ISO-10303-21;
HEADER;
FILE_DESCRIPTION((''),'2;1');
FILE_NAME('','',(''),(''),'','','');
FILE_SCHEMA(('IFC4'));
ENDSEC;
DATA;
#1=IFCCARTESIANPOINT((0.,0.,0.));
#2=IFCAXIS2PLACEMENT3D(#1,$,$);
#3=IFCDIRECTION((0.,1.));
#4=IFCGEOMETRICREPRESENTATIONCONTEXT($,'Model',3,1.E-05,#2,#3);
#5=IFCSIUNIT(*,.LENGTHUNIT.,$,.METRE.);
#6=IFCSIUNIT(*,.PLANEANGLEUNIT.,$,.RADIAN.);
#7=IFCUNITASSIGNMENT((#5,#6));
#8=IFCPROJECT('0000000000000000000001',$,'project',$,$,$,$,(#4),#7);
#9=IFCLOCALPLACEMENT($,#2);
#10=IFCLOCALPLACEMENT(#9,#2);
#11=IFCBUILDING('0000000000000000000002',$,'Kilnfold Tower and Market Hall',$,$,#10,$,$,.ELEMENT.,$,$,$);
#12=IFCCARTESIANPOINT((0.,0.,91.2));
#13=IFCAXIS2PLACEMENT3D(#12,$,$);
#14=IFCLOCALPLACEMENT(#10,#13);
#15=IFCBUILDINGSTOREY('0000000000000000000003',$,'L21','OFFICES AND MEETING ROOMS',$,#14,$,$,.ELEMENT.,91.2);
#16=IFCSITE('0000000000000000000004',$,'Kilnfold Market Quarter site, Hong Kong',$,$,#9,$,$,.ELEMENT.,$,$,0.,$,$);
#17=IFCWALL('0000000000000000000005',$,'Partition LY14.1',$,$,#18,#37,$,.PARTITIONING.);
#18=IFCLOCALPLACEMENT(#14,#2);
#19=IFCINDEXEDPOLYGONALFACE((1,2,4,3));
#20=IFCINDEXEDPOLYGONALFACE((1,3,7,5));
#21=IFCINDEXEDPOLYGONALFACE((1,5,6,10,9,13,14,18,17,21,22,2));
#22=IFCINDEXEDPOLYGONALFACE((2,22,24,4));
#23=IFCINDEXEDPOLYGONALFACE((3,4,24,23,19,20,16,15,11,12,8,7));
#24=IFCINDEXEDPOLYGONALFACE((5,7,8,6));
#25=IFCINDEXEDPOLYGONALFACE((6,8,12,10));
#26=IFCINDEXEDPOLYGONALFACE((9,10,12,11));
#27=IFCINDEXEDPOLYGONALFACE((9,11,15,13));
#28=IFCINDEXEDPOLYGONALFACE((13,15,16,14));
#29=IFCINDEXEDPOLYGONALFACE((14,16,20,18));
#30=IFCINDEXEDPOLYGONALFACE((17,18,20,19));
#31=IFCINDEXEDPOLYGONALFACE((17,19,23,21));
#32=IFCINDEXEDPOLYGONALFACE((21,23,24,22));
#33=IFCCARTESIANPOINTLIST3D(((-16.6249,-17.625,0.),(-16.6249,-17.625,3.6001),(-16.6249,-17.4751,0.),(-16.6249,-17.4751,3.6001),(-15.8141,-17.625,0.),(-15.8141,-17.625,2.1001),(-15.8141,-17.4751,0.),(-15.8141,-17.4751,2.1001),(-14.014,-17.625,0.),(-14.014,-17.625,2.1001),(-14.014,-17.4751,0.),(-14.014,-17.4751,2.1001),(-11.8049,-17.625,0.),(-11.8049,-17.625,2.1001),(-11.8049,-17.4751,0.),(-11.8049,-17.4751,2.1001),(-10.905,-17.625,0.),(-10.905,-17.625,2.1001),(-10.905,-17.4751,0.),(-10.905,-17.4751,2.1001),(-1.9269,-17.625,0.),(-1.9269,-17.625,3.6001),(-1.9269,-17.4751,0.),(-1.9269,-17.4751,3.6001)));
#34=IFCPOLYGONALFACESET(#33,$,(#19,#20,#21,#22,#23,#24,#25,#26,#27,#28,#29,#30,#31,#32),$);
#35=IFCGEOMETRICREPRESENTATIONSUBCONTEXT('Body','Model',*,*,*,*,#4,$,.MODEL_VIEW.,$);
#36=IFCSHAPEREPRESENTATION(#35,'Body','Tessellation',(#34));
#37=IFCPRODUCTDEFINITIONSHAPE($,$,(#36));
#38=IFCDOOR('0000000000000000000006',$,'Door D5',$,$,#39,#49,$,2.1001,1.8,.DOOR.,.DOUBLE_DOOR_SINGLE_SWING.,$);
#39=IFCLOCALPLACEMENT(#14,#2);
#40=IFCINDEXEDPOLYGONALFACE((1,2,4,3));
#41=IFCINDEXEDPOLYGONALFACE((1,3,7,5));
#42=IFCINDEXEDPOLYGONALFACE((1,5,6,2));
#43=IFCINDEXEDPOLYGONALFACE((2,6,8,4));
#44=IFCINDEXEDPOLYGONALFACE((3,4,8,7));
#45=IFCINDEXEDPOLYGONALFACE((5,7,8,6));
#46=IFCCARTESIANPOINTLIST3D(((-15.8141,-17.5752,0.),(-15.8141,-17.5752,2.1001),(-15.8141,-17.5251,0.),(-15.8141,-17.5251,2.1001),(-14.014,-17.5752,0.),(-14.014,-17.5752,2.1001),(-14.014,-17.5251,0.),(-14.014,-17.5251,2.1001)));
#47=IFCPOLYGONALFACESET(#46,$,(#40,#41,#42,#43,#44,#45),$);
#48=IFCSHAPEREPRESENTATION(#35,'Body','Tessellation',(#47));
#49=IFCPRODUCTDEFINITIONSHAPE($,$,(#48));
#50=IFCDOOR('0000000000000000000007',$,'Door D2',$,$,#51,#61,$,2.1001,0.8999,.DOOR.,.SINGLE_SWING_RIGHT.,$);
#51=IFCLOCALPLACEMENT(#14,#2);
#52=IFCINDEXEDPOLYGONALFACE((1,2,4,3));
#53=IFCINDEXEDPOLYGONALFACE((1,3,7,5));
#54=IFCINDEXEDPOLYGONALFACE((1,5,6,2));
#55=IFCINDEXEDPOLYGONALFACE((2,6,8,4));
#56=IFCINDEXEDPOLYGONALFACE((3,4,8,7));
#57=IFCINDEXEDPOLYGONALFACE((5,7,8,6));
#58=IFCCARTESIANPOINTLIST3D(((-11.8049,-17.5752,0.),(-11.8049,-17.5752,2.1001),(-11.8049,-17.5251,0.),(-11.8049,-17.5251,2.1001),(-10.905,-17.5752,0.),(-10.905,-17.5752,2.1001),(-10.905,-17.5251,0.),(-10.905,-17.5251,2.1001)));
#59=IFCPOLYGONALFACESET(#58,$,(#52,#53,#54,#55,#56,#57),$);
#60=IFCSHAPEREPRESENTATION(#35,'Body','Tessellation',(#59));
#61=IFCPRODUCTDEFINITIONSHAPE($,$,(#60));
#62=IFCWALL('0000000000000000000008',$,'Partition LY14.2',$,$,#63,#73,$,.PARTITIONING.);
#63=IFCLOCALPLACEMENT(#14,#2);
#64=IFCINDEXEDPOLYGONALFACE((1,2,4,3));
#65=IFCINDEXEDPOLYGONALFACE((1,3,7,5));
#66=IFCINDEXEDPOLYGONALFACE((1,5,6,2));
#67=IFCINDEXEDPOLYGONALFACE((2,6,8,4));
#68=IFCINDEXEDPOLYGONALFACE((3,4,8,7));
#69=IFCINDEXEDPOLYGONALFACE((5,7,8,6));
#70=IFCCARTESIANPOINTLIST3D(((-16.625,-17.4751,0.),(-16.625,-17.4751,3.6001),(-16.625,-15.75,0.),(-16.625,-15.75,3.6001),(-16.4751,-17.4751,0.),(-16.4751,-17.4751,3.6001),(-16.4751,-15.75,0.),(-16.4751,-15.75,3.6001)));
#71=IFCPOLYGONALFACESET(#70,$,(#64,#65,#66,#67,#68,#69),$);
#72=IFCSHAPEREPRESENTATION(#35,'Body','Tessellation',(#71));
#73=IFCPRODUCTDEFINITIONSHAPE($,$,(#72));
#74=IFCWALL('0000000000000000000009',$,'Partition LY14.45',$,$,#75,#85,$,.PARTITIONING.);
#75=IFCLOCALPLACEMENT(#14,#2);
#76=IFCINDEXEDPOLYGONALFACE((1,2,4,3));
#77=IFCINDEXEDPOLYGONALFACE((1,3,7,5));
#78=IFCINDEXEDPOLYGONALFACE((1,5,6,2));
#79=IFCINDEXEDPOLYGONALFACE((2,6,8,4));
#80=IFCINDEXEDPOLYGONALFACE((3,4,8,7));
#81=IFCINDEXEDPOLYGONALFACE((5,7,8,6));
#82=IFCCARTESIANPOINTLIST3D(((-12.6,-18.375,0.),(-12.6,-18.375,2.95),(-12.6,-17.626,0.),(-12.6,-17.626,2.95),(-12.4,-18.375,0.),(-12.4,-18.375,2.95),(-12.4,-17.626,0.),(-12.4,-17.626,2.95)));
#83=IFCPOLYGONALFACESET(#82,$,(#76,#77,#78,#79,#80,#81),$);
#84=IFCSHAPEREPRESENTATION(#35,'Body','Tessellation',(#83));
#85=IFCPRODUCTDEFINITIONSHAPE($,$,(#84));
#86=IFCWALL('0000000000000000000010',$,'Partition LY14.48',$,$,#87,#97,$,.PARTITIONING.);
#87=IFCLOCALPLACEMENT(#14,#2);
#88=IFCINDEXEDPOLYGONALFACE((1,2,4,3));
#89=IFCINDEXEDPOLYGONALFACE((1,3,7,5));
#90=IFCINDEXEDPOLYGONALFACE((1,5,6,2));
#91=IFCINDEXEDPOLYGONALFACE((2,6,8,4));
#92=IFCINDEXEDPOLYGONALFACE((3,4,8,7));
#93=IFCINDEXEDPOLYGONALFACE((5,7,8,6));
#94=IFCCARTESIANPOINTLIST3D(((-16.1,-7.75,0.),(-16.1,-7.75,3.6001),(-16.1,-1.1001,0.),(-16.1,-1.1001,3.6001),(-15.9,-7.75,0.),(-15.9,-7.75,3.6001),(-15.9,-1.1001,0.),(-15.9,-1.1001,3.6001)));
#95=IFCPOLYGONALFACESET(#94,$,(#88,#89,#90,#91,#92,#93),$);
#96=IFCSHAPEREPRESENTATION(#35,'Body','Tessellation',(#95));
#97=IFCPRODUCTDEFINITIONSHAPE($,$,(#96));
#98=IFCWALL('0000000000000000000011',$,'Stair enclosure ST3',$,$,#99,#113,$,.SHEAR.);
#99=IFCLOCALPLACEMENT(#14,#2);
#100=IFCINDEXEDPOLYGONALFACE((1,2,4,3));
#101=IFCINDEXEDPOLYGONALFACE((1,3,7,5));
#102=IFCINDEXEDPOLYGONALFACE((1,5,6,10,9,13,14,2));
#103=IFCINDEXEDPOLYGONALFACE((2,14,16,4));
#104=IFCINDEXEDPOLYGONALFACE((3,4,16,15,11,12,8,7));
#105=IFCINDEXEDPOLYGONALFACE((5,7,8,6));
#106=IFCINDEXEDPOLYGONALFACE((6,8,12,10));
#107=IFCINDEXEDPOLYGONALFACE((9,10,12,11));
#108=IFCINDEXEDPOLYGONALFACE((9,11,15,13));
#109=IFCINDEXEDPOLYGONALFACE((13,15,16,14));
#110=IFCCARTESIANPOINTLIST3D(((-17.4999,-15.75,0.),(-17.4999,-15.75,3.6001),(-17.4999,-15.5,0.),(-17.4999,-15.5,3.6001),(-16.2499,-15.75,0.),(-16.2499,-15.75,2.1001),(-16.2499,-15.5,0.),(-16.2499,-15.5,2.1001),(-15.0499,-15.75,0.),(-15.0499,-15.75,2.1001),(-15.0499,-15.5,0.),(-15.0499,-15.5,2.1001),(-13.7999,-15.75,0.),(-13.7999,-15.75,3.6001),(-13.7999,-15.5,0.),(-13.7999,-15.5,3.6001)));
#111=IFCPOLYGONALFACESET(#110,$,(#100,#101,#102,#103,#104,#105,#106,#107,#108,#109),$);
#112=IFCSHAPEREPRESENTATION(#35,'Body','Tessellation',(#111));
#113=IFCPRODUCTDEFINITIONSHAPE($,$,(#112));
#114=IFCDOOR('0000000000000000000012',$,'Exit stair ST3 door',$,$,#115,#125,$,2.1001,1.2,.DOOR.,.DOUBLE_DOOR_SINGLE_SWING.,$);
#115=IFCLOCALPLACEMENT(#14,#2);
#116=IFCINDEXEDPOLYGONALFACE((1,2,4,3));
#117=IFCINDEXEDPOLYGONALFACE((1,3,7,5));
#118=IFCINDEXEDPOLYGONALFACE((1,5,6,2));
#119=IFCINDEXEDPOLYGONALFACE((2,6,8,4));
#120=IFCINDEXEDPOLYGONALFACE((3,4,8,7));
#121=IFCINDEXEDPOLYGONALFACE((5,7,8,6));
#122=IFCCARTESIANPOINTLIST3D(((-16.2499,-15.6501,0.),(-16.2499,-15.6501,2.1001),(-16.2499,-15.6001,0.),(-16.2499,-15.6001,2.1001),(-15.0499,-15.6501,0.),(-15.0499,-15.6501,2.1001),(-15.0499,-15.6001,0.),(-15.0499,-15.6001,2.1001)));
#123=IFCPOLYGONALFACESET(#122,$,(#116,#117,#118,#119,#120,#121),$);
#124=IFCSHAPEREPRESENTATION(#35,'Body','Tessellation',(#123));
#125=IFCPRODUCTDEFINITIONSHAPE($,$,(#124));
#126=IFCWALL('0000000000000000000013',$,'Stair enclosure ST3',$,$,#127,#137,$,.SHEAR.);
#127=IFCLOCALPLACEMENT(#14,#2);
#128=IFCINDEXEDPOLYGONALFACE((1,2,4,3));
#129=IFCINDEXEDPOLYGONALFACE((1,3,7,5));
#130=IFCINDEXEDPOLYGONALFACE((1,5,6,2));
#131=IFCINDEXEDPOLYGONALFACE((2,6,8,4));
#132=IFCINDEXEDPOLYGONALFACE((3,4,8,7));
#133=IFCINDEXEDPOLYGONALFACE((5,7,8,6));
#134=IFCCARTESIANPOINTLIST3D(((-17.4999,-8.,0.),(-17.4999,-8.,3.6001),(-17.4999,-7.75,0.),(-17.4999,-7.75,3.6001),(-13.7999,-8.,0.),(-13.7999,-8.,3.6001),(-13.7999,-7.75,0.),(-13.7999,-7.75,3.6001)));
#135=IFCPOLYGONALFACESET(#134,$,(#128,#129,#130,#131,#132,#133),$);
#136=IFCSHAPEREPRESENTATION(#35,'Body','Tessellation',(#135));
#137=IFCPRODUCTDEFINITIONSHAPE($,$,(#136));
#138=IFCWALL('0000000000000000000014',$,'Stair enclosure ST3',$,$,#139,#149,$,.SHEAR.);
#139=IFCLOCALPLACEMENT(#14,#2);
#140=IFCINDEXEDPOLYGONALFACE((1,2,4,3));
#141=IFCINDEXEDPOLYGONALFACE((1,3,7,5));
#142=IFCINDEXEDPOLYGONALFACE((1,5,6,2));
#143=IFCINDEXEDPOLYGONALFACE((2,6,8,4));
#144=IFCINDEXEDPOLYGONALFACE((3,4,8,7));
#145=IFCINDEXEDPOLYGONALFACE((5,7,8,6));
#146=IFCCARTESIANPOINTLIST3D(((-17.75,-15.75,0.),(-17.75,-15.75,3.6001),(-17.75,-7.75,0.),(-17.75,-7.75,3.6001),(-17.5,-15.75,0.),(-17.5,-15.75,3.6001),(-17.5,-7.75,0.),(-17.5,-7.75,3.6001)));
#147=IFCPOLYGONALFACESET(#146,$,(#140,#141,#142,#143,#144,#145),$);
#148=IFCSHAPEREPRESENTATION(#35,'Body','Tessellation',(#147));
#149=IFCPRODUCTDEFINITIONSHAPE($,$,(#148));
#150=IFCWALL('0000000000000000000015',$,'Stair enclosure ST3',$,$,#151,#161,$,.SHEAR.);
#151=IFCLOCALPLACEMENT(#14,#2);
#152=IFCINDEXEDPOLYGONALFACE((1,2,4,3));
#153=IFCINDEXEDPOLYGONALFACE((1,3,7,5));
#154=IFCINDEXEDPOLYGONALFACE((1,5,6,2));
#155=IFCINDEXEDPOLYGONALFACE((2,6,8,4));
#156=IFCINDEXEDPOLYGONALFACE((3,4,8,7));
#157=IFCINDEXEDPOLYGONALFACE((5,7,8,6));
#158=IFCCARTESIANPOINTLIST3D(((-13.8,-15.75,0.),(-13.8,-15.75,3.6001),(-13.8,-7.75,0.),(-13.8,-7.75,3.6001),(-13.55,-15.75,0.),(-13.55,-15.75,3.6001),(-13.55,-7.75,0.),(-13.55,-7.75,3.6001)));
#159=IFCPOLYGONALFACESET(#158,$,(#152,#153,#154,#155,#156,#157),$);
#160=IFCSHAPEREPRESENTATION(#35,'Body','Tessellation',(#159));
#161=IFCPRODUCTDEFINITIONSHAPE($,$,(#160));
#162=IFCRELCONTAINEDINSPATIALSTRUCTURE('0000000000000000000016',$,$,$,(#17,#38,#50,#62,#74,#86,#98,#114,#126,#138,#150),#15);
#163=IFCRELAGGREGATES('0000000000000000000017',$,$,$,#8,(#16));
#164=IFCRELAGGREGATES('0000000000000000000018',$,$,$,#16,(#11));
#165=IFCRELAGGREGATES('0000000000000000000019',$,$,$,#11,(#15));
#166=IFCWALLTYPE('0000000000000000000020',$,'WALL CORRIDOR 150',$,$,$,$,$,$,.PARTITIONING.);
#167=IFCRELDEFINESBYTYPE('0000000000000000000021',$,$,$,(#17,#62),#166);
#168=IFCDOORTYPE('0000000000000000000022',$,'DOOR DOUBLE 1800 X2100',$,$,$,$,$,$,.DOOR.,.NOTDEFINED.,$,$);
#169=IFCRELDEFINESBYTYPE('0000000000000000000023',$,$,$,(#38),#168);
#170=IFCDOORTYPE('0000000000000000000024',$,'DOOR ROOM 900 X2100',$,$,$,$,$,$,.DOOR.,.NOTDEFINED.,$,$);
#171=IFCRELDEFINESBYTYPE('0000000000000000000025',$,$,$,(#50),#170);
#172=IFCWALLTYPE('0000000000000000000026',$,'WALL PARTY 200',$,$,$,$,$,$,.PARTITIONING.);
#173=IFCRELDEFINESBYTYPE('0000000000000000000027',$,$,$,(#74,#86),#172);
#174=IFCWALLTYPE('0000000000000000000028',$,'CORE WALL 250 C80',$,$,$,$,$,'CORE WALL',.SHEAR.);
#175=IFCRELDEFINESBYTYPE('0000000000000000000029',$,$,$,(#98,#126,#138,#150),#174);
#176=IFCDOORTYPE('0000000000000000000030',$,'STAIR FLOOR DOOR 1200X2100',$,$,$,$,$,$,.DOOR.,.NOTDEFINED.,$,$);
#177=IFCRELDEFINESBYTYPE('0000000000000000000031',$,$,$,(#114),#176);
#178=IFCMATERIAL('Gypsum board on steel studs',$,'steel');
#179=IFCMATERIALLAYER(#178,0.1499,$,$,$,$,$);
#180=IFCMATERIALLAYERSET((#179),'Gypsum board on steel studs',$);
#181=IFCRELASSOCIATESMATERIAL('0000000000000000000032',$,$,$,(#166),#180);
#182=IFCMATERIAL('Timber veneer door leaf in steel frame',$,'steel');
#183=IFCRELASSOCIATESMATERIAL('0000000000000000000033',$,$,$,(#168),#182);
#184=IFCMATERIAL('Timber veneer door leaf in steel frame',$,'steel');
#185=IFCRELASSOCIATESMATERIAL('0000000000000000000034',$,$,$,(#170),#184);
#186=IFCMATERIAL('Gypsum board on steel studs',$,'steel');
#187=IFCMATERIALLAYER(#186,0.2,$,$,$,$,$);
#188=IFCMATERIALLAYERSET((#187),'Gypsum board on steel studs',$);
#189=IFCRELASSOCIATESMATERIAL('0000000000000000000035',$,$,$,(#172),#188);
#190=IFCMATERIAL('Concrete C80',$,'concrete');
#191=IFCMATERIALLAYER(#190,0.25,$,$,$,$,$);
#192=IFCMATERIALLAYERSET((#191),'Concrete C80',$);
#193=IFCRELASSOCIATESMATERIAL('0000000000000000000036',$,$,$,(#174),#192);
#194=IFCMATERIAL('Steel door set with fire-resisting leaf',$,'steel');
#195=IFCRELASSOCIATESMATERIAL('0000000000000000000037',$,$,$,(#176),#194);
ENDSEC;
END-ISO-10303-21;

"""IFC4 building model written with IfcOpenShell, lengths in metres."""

from ifc_helpers import new_model, si_unit, direction, frame, frame_2d, origin, place, context, subcontext, project, spatial, rectangle, extrude, source, transform, mapped, material, layer, layer_set, type_object, element, fill, save


model = new_model("IFC4")

# Units and contexts
model_context = context("Model", 3, precision=1e-05, world=origin(), true_north=direction((0.0, 1.0)))
body_context = subcontext(model_context, "Body", "Model", "MODEL_VIEW")
ifc_project = project(units=[si_unit("LENGTHUNIT", "METRE"), si_unit("PLANEANGLEUNIT", "RADIAN")], contexts=[model_context])

# Site, building, storey
site_placement = place(None, origin())
site = spatial("IfcSite", under=ifc_project, at=site_placement, Name="Kilnfold Market Quarter site, Hong Kong", CompositionType="ELEMENT", RefElevation=0.0)
building_placement = place(site_placement, origin())
building = spatial("IfcBuilding", under=site, at=building_placement, Name="Kilnfold Tower and Market Hall", CompositionType="ELEMENT")
storey_placement = place(building_placement, frame((0.0, 0.0, 91.2)))
storey = spatial("IfcBuildingStorey", under=building, at=storey_placement, Name="L21", Description="OFFICES AND MEETING ROOMS", CompositionType="ELEMENT", Elevation=91.2)

# Wall, openings, doors
ifc_material_1 = material(Name="Gypsum board on steel studs", Category="steel")
ifc_layer_1 = layer(ifc_material_1, 0.1499)
ifc_layer_set_1 = layer_set([ifc_layer_1], Name="Gypsum board on steel studs")
wall_type_1 = type_object("IfcWallType", Name="WALL CORRIDOR 150", PredefinedType="PARTITIONING", material=ifc_layer_set_1)
wall_1_placement = place(storey_placement, frame((-16.625, -17.55, 0.0), z_axis=(0.0, 0.0, 1.0), x_axis=(1.0, 0.0, 0.0)))
wall_1 = element("IfcWall", 1, at=wall_1_placement, inside=storey, type_object=wall_type_1, Name="Partition LY14.1", PredefinedType="PARTITIONING", context=body_context, shape_type="SweptSolid", body=[
    extrude(rectangle(XDim=14.698, YDim=0.1499, at=frame_2d((7.3491, 0.0))), origin(), (0.0, 0.0, 1.0), 3.6001),
])
opening_1_placement = place(wall_1_placement, frame((0.811, 0.0, 0.0)))
opening_1 = element("IfcOpeningElement", 2, at=opening_1_placement, cuts=wall_1, PredefinedType="OPENING", context=body_context, shape_type="SweptSolid", body=[
    extrude(rectangle(XDim=1.8, YDim=2.1001, at=frame_2d((0.8999, 1.05))), frame((0.0, 0.085, 0.0), z_axis=(0.0, -1.0, 0.0), x_axis=(1.0, 0.0, 0.0)), (0.0, 0.0, 1.0), 0.1699),
])
opening_2_placement = place(wall_1_placement, frame((4.8201, 0.0, 0.0)))
opening_2 = element("IfcOpeningElement", 3, at=opening_2_placement, cuts=wall_1, PredefinedType="OPENING", context=body_context, shape_type="SweptSolid", body=[
    extrude(rectangle(XDim=0.8999, YDim=2.1001, at=frame_2d((0.45, 1.05))), frame((0.0, 0.085, 0.0), z_axis=(0.0, -1.0, 0.0), x_axis=(1.0, 0.0, 0.0)), (0.0, 0.0, 1.0), 0.1699),
])
ifc_material_2 = material(Name="Timber veneer door leaf in steel frame", Category="steel")
door_type_1 = type_object("IfcDoorType", Name="DOOR DOUBLE 1800 X2100", OperationType="NOTDEFINED", PredefinedType="DOOR", material=ifc_material_2)
door_1_placement = place(opening_1_placement, origin())
door_1 = element("IfcDoor", 4, at=door_1_placement, inside=storey, type_object=door_type_1, Name="Door D5", OperationType="DOUBLE_DOOR_SINGLE_SWING", OverallHeight=2.1001, OverallWidth=1.8, PredefinedType="DOOR", context=body_context, shape_type="SweptSolid", body=[
    extrude(rectangle(XDim=1.8, YDim=2.1001, at=frame_2d((0.8999, 1.05))), frame((0.0, 0.0249, 0.0), z_axis=(0.0, -1.0, 0.0), x_axis=(1.0, 0.0, 0.0)), (0.0, 0.0, 1.0), 0.05),
])
fill(opening_1, door_1)
ifc_material_3 = material(Name="Timber veneer door leaf in steel frame", Category="steel")
door_type_2 = type_object("IfcDoorType", Name="DOOR ROOM 900 X2100", OperationType="NOTDEFINED", PredefinedType="DOOR", material=ifc_material_3)
door_2_placement = place(opening_2_placement, origin())
door_2 = element("IfcDoor", 5, at=door_2_placement, inside=storey, type_object=door_type_2, Name="Door D2", OperationType="SINGLE_SWING_RIGHT", OverallHeight=2.1001, OverallWidth=0.8999, PredefinedType="DOOR", context=body_context, shape_type="SweptSolid", body=[
    extrude(rectangle(XDim=0.8999, YDim=2.1001, at=frame_2d((0.45, 1.05))), frame((0.0, 0.0249, 0.0), z_axis=(0.0, -1.0, 0.0), x_axis=(1.0, 0.0, 0.0)), (0.0, 0.0, 1.0), 0.05),
])
fill(opening_2, door_2)

# Walls
wall_2_placement = place(storey_placement, frame((-16.55, -15.75, 0.0), z_axis=(0.0, 0.0, 1.0), x_axis=(0.0, -1.0, 0.0)))
element("IfcWall", 6, at=wall_2_placement, inside=storey, type_object=wall_type_1, Name="Partition LY14.2", PredefinedType="PARTITIONING", context=body_context, shape_type="SweptSolid", body=[
    extrude(rectangle(XDim=1.7251, YDim=0.1499, at=frame_2d((0.8625, 0.0))), origin(), (0.0, 0.0, 1.0), 3.6001),
])
ifc_material_4 = material(Name="Gypsum board on steel studs", Category="steel")
ifc_layer_2 = layer(ifc_material_4, 0.2)
ifc_layer_set_2 = layer_set([ifc_layer_2], Name="Gypsum board on steel studs")
wall_type_2 = type_object("IfcWallType", Name="WALL PARTY 200", PredefinedType="PARTITIONING", material=ifc_layer_set_2)
wall_3_placement = place(storey_placement, frame((-12.5, -18.375, 0.0), z_axis=(0.0, 0.0, 1.0), x_axis=(0.0, 1.0, 0.0)))
element("IfcWall", 7, at=wall_3_placement, inside=storey, type_object=wall_type_2, Name="Partition LY14.45", PredefinedType="PARTITIONING", context=body_context, shape_type="SweptSolid", body=[
    extrude(rectangle(XDim=0.749, YDim=0.2, at=frame_2d((0.3745, 0.0))), origin(), (0.0, 0.0, 1.0), 2.95),
])
wall_4_placement = place(storey_placement, frame((-16.0, -7.75, 0.0), z_axis=(0.0, 0.0, 1.0), x_axis=(0.0, 1.0, 0.0)))
element("IfcWall", 8, at=wall_4_placement, inside=storey, type_object=wall_type_2, Name="Partition LY14.48", PredefinedType="PARTITIONING", context=body_context, shape_type="SweptSolid", body=[
    extrude(rectangle(XDim=6.6499, YDim=0.2, at=frame_2d((3.325, 0.0))), origin(), (0.0, 0.0, 1.0), 3.6001),
])

# Wall, opening, door
ifc_material_5 = material(Name="Concrete C80", Category="concrete")
ifc_layer_3 = layer(ifc_material_5, 0.25)
ifc_layer_set_3 = layer_set([ifc_layer_3], Name="Concrete C80")
wall_type_3 = type_object("IfcWallType", Name="CORE WALL 250 C80", ElementType="CORE WALL", PredefinedType="SHEAR", material=ifc_layer_set_3)
shared_shape_1 = source(origin(), body_context, "Body", "SweptSolid", [
    extrude(rectangle(XDim=3.7, YDim=0.25, at=frame_2d((1.8501, 0.0))), origin(), (0.0, 0.0, 1.0), 3.6001),
])
wall_5_placement = place(storey_placement, frame((-17.5, -15.625, 0.0), z_axis=(0.0, 0.0, 1.0), x_axis=(1.0, 0.0, 0.0)))
wall_5 = element("IfcWall", 9, at=wall_5_placement, inside=storey, type_object=wall_type_3, Name="Stair enclosure ST3", PredefinedType="SHEAR", context=body_context, shape_type="MappedRepresentation", body=[
    mapped(shared_shape_1, transform((0.0, 0.0, 0.0))),
])
opening_3_placement = place(wall_5_placement, frame((1.25, 0.0, 0.0)))
opening_3 = element("IfcOpeningElement", 10, at=opening_3_placement, cuts=wall_5, PredefinedType="OPENING", context=body_context, shape_type="SweptSolid", body=[
    extrude(rectangle(XDim=1.2, YDim=2.1001, at=frame_2d((0.6001, 1.05))), frame((0.0, 0.135, 0.0), z_axis=(0.0, -1.0, 0.0), x_axis=(1.0, 0.0, 0.0)), (0.0, 0.0, 1.0), 0.27),
])
ifc_material_6 = material(Name="Steel door set with fire-resisting leaf", Category="steel")
door_type_3 = type_object("IfcDoorType", Name="STAIR FLOOR DOOR 1200X2100", OperationType="NOTDEFINED", PredefinedType="DOOR", material=ifc_material_6)
door_3_placement = place(opening_3_placement, origin())
door_3 = element("IfcDoor", 11, at=door_3_placement, inside=storey, type_object=door_type_3, Name="Exit stair ST3 door", OperationType="DOUBLE_DOOR_SINGLE_SWING", OverallHeight=2.1001, OverallWidth=1.2, PredefinedType="DOOR", context=body_context, shape_type="SweptSolid", body=[
    extrude(rectangle(XDim=1.2, YDim=2.1001, at=frame_2d((0.6001, 1.05))), frame((0.0, 0.0249, 0.0), z_axis=(0.0, -1.0, 0.0), x_axis=(1.0, 0.0, 0.0)), (0.0, 0.0, 1.0), 0.05),
])
fill(opening_3, door_3)

# Walls
wall_6_placement = place(storey_placement, frame((-17.5, -7.875, 0.0), z_axis=(0.0, 0.0, 1.0), x_axis=(1.0, 0.0, 0.0)))
element("IfcWall", 12, at=wall_6_placement, inside=storey, type_object=wall_type_3, Name="Stair enclosure ST3", PredefinedType="SHEAR", context=body_context, shape_type="MappedRepresentation", body=[
    mapped(shared_shape_1, transform((0.0, 0.0, 0.0))),
])
shared_shape_2 = source(origin(), body_context, "Body", "SweptSolid", [
    extrude(rectangle(XDim=8.0, YDim=0.25, at=frame_2d((4.0, 0.0))), origin(), (0.0, 0.0, 1.0), 3.6001),
])
for number, where, z_axis, x_axis, name in (
    (13, (-17.625, -15.75, 0.0), (0.0, 0.0, 1.0), (0.0, 1.0, 0.0), "Stair enclosure ST3"),
    (14, (-13.675, -15.75, 0.0), (0.0, 0.0, 1.0), (0.0, 1.0, 0.0), "Stair enclosure ST3"),
):
    element("IfcWall", number, at=place(storey_placement, frame(where, z_axis=z_axis, x_axis=x_axis)), inside=storey, type_object=wall_type_3, Name=name, PredefinedType="SHEAR", context=body_context, shape_type="MappedRepresentation", body=[
        mapped(shared_shape_2, transform((0.0, 0.0, 0.0))),
    ])

save(model, "model.ifc")
